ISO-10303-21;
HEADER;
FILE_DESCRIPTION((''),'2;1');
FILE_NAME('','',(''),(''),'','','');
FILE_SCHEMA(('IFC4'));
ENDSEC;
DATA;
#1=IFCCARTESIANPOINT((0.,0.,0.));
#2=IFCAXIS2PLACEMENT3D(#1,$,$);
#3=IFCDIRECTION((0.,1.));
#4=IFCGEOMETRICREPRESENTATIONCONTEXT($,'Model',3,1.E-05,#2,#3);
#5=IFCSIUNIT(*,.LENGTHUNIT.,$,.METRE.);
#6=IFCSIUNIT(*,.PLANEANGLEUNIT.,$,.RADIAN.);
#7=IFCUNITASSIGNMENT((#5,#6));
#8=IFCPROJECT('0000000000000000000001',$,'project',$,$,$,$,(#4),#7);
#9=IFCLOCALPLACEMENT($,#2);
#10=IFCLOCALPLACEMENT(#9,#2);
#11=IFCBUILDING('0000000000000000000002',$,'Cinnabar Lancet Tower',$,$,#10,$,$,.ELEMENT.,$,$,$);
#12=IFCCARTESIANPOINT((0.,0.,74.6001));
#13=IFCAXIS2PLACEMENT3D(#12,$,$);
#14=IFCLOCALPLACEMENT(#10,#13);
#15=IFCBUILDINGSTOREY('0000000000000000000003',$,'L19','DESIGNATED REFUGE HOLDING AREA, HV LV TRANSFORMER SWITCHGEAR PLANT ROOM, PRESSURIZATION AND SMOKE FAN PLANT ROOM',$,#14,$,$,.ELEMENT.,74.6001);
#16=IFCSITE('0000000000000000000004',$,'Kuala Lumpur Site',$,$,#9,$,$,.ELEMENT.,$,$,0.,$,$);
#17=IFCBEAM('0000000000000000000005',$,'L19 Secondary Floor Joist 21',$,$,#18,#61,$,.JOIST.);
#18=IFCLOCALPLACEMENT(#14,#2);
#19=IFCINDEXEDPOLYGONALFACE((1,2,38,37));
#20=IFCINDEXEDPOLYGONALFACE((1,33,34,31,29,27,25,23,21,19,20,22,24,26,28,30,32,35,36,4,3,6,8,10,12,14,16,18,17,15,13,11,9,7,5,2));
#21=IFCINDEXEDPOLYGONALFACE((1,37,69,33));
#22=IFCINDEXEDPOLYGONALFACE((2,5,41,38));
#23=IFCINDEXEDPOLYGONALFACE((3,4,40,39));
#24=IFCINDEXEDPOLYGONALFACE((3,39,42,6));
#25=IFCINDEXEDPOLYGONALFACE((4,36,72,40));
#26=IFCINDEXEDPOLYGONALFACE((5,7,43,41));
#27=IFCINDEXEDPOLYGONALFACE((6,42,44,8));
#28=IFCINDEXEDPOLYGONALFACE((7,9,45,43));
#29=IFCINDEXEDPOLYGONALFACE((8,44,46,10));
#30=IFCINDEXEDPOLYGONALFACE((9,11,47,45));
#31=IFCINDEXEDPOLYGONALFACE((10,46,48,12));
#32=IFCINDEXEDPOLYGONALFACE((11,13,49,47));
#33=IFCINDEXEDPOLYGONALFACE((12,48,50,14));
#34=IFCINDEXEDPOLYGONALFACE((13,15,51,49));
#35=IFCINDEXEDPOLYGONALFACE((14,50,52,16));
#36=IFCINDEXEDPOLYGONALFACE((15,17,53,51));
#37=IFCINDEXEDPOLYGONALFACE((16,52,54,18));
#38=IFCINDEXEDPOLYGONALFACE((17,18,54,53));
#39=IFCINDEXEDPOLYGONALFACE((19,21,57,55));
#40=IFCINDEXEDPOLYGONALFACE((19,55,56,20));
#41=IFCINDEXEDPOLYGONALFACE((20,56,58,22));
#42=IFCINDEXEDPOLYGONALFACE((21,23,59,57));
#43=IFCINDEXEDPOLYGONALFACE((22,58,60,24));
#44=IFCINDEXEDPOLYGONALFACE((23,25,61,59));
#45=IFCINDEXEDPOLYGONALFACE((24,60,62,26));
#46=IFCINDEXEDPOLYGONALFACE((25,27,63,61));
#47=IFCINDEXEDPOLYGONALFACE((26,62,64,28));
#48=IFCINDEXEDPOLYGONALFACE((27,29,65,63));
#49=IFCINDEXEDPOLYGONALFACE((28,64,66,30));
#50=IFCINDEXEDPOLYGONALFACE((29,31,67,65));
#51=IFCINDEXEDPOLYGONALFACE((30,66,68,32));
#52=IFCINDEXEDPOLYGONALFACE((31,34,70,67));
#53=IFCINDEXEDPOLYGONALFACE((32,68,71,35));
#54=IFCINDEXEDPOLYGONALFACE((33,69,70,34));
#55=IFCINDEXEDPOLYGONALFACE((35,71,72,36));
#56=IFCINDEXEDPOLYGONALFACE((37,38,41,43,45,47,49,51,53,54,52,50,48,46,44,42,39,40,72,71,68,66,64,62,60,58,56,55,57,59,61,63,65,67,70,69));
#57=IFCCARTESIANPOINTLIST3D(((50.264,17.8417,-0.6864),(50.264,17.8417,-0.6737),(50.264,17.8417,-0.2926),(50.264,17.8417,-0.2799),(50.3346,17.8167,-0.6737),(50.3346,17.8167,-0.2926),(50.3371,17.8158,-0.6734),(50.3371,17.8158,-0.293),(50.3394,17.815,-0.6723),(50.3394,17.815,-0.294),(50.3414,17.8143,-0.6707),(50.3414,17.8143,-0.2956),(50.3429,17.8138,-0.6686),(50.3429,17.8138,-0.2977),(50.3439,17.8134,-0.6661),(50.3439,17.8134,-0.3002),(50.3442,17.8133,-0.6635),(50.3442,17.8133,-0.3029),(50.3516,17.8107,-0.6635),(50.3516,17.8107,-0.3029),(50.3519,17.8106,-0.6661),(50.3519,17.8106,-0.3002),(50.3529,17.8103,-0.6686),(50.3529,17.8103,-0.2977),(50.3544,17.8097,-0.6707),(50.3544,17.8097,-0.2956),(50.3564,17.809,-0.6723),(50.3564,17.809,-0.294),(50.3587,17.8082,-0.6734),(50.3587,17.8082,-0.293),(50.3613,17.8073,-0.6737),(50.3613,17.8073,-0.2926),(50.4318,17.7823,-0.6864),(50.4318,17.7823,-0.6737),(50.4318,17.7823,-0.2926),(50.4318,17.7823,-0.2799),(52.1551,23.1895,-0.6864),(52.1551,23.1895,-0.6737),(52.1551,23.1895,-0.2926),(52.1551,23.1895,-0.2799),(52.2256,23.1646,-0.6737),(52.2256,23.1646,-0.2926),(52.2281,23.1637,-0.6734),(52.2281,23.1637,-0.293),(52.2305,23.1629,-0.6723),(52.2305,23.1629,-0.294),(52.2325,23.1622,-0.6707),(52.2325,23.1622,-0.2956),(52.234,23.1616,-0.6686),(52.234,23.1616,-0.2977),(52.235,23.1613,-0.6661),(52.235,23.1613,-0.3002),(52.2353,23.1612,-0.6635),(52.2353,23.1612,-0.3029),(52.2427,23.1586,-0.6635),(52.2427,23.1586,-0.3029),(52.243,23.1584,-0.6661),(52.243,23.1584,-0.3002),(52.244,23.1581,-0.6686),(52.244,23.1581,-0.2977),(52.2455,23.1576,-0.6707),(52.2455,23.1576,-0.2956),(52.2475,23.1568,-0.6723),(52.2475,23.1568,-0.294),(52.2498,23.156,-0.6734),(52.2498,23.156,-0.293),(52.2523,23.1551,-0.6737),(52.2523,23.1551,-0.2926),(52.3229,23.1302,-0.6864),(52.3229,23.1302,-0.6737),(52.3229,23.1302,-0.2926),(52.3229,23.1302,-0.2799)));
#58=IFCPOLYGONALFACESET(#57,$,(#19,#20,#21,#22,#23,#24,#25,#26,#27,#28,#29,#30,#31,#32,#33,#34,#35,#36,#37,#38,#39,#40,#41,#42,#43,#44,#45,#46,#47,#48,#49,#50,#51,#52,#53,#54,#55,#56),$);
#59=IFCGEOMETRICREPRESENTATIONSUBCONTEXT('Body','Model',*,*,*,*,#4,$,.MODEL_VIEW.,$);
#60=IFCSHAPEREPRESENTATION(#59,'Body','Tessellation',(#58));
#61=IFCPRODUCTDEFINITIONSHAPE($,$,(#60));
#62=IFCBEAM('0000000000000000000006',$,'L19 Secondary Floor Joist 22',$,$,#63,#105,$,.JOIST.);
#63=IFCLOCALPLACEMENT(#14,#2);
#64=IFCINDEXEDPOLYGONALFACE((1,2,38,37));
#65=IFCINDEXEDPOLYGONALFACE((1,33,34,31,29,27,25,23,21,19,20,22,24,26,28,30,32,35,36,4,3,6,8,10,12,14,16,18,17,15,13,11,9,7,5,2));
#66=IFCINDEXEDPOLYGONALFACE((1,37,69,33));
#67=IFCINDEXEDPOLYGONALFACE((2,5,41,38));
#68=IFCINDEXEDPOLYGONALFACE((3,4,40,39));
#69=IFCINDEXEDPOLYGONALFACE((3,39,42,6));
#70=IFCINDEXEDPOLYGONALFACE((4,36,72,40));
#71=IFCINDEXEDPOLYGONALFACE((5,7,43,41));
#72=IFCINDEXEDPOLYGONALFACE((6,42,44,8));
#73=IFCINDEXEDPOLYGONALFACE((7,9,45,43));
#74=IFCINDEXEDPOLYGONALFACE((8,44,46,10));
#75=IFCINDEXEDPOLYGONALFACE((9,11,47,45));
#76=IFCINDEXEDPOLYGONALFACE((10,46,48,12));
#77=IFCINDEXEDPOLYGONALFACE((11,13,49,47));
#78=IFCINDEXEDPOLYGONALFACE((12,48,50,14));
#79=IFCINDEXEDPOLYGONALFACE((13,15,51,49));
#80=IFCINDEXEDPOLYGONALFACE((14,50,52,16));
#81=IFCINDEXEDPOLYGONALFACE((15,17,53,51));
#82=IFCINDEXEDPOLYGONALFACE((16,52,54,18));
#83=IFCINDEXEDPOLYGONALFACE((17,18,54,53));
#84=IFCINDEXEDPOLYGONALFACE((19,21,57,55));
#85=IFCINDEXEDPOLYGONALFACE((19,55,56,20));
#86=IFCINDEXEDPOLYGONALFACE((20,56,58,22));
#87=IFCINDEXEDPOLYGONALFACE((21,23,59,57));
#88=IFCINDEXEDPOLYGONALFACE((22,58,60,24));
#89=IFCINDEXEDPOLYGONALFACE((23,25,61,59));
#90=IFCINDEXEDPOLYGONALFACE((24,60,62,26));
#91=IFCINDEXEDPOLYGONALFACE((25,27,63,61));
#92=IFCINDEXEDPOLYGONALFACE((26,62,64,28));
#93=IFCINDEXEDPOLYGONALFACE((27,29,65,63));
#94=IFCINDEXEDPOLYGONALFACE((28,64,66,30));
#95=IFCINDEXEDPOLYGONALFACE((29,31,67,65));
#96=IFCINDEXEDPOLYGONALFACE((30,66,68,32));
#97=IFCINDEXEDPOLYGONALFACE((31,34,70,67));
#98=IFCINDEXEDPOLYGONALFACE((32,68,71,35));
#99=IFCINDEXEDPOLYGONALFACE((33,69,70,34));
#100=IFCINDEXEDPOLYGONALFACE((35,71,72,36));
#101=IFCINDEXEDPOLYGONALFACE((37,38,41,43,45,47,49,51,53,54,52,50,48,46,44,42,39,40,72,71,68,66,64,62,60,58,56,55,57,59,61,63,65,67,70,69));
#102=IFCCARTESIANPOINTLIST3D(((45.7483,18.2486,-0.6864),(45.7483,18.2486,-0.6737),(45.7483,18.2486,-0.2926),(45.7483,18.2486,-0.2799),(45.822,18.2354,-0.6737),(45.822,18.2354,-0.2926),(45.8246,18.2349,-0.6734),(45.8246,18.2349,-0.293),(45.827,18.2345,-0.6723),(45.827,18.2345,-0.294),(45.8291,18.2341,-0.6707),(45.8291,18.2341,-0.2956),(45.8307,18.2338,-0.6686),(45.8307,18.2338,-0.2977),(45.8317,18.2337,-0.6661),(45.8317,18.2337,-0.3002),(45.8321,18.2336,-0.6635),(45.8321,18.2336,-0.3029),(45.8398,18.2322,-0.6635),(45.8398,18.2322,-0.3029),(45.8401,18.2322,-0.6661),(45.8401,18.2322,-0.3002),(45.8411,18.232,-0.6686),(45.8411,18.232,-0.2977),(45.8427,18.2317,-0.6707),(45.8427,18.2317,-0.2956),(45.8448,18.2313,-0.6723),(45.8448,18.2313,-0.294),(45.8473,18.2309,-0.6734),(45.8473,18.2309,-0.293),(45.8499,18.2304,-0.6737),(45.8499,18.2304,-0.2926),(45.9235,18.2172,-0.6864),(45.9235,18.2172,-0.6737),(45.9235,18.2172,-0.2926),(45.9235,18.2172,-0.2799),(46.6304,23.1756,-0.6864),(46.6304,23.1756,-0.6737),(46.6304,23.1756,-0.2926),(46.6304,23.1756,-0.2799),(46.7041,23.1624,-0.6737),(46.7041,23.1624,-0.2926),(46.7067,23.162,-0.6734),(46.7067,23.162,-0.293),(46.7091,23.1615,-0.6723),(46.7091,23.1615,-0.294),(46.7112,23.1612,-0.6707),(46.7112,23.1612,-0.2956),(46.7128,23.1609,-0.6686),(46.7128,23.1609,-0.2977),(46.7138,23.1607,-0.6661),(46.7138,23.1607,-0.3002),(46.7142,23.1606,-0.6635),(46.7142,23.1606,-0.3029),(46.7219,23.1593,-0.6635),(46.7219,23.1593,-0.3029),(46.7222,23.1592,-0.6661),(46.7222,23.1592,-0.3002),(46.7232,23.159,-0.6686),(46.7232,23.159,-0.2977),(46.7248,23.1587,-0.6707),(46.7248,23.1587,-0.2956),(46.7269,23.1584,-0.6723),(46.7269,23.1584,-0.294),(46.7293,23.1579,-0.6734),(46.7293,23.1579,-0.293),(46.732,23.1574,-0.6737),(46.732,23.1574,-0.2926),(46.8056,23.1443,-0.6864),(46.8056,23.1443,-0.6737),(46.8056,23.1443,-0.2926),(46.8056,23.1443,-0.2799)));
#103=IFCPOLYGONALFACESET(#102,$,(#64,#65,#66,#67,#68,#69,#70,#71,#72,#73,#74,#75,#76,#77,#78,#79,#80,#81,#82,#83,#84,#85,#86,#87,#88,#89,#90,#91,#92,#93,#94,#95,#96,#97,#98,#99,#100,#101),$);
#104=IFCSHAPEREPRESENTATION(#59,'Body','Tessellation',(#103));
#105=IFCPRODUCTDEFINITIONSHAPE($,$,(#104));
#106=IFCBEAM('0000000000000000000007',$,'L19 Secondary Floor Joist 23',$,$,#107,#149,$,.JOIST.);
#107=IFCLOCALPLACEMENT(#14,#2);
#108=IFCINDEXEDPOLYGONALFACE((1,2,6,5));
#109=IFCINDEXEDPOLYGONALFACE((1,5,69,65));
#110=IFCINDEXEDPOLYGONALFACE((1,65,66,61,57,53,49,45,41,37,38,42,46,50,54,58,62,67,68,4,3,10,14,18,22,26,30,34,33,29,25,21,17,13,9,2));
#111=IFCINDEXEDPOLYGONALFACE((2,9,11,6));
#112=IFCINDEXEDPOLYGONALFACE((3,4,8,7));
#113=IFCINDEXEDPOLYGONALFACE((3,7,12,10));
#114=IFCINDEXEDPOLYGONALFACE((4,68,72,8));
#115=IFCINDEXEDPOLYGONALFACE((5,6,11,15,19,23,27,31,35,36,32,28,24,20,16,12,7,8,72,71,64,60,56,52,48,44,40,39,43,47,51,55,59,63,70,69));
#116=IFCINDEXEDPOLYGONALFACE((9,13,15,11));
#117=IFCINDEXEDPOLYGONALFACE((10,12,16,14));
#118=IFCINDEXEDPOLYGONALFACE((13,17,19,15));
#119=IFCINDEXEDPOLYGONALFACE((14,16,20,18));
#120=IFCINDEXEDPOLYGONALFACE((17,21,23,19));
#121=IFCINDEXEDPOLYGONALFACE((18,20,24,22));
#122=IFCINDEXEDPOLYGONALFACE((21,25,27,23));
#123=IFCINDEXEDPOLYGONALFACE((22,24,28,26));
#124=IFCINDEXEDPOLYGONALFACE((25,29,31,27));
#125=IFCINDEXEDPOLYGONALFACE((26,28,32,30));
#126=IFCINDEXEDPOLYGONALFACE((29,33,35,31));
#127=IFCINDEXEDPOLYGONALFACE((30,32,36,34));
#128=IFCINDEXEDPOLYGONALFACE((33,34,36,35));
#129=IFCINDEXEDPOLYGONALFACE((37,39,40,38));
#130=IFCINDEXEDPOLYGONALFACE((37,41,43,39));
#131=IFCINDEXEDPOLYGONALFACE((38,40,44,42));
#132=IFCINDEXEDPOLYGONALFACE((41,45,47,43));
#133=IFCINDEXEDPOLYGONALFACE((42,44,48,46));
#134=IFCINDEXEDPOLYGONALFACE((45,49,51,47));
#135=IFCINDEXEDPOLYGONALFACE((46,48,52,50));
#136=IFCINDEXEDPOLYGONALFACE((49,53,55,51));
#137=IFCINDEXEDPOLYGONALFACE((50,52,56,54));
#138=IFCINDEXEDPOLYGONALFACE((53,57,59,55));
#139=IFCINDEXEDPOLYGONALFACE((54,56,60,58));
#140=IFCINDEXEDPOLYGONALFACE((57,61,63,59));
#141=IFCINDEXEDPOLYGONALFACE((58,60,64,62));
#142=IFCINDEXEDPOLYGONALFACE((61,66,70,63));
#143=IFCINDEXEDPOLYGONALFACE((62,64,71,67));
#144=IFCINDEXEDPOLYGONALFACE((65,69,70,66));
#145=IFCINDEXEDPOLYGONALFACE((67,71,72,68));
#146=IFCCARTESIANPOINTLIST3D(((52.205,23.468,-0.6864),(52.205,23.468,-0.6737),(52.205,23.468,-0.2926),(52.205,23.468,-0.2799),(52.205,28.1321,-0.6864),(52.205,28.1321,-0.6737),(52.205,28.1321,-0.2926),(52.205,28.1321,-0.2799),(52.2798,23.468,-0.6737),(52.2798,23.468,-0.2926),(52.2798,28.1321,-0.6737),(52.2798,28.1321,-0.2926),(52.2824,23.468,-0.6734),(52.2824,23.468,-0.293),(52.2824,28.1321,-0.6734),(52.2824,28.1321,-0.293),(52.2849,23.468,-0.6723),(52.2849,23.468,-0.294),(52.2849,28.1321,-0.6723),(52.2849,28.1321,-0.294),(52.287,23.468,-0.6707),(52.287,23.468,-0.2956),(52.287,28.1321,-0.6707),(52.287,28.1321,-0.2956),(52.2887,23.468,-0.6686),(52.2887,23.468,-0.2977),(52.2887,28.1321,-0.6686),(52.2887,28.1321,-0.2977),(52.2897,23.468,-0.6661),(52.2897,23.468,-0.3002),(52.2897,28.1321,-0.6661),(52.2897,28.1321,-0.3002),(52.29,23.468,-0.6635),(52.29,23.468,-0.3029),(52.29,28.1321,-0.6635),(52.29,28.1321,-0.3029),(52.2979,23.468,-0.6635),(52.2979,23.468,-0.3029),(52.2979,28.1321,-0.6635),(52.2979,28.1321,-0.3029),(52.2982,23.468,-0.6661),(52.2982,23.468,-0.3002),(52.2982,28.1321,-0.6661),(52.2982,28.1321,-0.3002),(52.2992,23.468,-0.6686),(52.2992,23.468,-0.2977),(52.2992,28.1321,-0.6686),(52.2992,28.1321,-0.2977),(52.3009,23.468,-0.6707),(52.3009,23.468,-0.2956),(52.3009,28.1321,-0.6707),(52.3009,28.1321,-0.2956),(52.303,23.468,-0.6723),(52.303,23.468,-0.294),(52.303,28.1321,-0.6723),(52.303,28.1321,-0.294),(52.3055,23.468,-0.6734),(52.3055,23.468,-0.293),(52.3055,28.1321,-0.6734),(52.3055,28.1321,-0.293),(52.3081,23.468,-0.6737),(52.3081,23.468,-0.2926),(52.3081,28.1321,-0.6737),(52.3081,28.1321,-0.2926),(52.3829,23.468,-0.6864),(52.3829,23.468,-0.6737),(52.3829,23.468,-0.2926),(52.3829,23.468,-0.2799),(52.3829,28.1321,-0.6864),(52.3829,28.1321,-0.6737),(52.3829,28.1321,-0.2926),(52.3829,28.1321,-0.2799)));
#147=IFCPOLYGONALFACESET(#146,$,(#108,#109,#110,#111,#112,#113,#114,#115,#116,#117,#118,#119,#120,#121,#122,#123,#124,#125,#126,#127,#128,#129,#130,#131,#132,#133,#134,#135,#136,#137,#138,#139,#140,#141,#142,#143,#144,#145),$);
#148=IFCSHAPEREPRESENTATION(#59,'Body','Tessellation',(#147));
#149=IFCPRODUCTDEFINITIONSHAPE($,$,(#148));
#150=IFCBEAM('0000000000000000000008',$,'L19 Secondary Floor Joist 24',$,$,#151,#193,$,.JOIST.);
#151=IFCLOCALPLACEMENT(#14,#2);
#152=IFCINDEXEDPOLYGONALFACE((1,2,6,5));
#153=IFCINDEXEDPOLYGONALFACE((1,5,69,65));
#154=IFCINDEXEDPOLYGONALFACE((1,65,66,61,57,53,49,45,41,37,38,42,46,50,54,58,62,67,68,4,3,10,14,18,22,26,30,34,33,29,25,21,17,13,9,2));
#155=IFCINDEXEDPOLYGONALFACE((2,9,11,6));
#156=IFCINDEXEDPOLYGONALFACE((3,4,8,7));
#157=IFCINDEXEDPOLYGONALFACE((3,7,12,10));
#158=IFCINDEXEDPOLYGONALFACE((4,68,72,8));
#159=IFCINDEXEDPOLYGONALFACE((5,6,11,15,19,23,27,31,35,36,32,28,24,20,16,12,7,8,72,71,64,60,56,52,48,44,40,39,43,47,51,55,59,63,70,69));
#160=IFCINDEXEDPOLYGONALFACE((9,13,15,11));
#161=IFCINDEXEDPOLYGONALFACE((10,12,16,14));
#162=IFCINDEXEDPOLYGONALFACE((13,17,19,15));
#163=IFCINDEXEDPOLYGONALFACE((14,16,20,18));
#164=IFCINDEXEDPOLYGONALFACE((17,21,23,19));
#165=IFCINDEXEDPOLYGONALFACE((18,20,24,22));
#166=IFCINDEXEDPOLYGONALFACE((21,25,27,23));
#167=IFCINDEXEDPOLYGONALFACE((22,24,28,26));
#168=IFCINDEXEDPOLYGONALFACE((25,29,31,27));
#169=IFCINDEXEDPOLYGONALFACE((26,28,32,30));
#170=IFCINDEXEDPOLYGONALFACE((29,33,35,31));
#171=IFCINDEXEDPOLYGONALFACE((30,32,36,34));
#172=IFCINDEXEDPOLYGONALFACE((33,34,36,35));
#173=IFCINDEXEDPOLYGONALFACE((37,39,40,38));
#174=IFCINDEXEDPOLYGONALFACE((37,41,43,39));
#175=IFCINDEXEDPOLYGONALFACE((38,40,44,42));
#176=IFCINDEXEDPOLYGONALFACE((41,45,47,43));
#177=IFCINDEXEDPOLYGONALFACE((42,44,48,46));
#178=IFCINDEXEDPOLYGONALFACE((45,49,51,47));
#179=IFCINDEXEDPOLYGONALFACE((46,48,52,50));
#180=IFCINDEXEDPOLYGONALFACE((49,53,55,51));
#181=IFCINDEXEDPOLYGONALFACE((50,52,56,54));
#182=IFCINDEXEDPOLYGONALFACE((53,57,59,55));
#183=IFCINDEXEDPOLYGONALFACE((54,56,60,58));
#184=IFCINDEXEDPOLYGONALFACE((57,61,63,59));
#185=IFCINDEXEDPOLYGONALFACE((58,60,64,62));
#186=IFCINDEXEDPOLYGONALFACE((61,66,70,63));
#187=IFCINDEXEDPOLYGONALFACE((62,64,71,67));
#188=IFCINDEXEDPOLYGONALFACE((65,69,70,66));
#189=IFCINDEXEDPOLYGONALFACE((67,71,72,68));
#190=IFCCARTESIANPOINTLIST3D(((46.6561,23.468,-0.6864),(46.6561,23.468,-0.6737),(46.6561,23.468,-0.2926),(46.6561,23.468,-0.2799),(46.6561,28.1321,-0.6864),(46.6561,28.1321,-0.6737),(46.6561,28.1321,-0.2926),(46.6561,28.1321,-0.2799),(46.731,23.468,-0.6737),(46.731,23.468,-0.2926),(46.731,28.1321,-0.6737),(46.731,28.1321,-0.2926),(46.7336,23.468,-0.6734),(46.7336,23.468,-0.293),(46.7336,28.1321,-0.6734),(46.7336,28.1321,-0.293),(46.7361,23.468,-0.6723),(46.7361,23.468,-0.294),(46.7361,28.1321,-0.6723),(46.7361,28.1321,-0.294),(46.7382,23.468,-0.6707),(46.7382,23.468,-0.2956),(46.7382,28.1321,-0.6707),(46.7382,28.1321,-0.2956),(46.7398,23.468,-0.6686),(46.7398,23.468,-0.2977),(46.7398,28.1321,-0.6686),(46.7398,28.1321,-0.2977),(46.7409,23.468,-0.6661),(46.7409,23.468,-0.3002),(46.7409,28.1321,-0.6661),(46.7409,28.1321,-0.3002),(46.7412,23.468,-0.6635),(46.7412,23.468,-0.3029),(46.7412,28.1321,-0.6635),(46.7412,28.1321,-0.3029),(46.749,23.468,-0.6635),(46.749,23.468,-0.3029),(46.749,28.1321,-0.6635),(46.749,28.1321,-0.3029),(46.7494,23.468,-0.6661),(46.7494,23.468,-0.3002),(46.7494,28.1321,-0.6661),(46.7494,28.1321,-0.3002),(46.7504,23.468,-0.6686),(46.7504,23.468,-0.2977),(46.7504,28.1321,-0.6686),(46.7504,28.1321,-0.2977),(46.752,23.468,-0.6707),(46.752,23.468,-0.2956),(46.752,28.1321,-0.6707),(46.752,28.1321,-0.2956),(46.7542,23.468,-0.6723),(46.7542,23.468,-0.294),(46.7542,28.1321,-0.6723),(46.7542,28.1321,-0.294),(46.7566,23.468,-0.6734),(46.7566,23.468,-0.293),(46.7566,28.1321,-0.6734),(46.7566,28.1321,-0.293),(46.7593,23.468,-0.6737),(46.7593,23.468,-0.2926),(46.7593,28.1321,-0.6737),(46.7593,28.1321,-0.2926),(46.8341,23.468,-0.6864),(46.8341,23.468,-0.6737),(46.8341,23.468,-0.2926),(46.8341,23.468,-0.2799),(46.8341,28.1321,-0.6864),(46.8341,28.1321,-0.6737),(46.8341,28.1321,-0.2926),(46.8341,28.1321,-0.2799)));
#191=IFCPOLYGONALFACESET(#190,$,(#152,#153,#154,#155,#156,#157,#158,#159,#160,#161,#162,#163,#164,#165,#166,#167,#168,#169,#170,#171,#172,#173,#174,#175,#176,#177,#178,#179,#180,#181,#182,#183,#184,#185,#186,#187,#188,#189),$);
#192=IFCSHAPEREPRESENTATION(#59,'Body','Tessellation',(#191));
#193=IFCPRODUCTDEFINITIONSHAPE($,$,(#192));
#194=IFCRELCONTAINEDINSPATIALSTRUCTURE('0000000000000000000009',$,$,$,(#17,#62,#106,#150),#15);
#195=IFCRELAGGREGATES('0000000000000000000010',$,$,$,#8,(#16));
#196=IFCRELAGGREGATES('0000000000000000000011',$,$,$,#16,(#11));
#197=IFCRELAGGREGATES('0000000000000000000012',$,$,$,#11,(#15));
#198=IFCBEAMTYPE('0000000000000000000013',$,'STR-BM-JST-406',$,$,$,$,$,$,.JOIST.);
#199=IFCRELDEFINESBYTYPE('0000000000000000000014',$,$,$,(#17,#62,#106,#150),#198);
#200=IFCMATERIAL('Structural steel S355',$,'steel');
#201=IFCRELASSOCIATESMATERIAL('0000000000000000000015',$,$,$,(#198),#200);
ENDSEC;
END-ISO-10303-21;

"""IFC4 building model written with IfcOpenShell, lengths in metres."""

from ifc_helpers import new_model, si_unit, direction, frame, origin, origin_2d, place, context, subcontext, project, spatial, i_section, extrude, material, material_profile, profile_set, type_object, element, save


model = new_model("IFC4")

# Units and contexts
model_context = context("Model", 3, precision=1e-05, world=origin(), true_north=direction((0.0, 1.0)))
body_context = subcontext(model_context, "Body", "Model", "MODEL_VIEW")
ifc_project = project(units=[si_unit("LENGTHUNIT", "METRE"), si_unit("PLANEANGLEUNIT", "RADIAN")], contexts=[model_context])

# Site, building, storey
site_placement = place(None, origin())
site = spatial("IfcSite", under=ifc_project, at=site_placement, Name="Kuala Lumpur Site", CompositionType="ELEMENT", RefElevation=0.0)
building_placement = place(site_placement, origin())
building = spatial("IfcBuilding", under=site, at=building_placement, Name="Cinnabar Lancet Tower", CompositionType="ELEMENT")
storey_placement = place(building_placement, frame((0.0, 0.0, 74.6001)))
storey = spatial("IfcBuildingStorey", under=building, at=storey_placement, Name="L19", Description="DESIGNATED REFUGE HOLDING AREA, HV LV TRANSFORMER SWITCHGEAR PLANT ROOM, PRESSURIZATION AND SMOKE FAN PLANT ROOM", CompositionType="ELEMENT", Elevation=74.6001)

# Beams
ifc_material_1 = material(Name="Structural steel S355", Category="steel")
ifc_material_profile_1 = material_profile(ifc_material_1, i_section(OverallWidth=0.178, OverallDepth=0.4065, WebThickness=0.0078, FlangeThickness=0.0127, FilletRadius=0.0103, at=origin_2d()), Name="UKB 406x178x60")
ifc_profile_set_1 = profile_set([ifc_material_profile_1], Name="Structural steel S355")
beam_type_1 = type_object("IfcBeamType", Name="STR-BM-JST-406", PredefinedType="JOIST", material=ifc_profile_set_1)
beam_1_placement = place(storey_placement, frame((50.3479, 17.812, -0.4832), z_axis=(0.333387, 0.94279, 0.0), x_axis=(-0.94279, 0.333387, 0.0)))
element("IfcBeam", 1, at=beam_1_placement, inside=storey, type_object=beam_type_1, Name="L19 Secondary Floor Joist 21", PredefinedType="JOIST", context=body_context, shape_type="SweptSolid", body=[
    extrude(i_section(OverallWidth=0.178, OverallDepth=0.4065, WebThickness=0.0078, FlangeThickness=0.0127, FilletRadius=0.0103, at=origin_2d()), origin(), (0.0, 0.0, 1.0), 5.6724),
])
beam_2_placement = place(storey_placement, frame((45.8359, 18.2329, -0.4832), z_axis=(0.176228, 0.984349, 0.0), x_axis=(-0.984349, 0.176228, 0.0)))
element("IfcBeam", 2, at=beam_2_placement, inside=storey, type_object=beam_type_1, Name="L19 Secondary Floor Joist 22", PredefinedType="JOIST", context=body_context, shape_type="SweptSolid", body=[
    extrude(i_section(OverallWidth=0.178, OverallDepth=0.4065, WebThickness=0.0078, FlangeThickness=0.0127, FilletRadius=0.0103, at=origin_2d()), origin(), (0.0, 0.0, 1.0), 5.0054),
])
for number, where, z_axis, x_axis, name in (
    (3, (52.2939, 23.468, -0.4832), (0.0, 1.0, 0.0), (-1.0, 0.0, 0.0), "L19 Secondary Floor Joist 23"),
    (4, (46.7451, 23.468, -0.4832), (0.0, 1.0, 0.0), (-1.0, 0.0, 0.0), "L19 Secondary Floor Joist 24"),
):
    element("IfcBeam", number, at=place(storey_placement, frame(where, z_axis=z_axis, x_axis=x_axis)), inside=storey, type_object=beam_type_1, Name=name, PredefinedType="JOIST", context=body_context, shape_type="SweptSolid", body=[
        extrude(i_section(OverallWidth=0.178, OverallDepth=0.4065, WebThickness=0.0078, FlangeThickness=0.0127, FilletRadius=0.0103, at=origin_2d()), origin(), (0.0, 0.0, 1.0), 4.6641),
    ])

save(model, "model.ifc")
